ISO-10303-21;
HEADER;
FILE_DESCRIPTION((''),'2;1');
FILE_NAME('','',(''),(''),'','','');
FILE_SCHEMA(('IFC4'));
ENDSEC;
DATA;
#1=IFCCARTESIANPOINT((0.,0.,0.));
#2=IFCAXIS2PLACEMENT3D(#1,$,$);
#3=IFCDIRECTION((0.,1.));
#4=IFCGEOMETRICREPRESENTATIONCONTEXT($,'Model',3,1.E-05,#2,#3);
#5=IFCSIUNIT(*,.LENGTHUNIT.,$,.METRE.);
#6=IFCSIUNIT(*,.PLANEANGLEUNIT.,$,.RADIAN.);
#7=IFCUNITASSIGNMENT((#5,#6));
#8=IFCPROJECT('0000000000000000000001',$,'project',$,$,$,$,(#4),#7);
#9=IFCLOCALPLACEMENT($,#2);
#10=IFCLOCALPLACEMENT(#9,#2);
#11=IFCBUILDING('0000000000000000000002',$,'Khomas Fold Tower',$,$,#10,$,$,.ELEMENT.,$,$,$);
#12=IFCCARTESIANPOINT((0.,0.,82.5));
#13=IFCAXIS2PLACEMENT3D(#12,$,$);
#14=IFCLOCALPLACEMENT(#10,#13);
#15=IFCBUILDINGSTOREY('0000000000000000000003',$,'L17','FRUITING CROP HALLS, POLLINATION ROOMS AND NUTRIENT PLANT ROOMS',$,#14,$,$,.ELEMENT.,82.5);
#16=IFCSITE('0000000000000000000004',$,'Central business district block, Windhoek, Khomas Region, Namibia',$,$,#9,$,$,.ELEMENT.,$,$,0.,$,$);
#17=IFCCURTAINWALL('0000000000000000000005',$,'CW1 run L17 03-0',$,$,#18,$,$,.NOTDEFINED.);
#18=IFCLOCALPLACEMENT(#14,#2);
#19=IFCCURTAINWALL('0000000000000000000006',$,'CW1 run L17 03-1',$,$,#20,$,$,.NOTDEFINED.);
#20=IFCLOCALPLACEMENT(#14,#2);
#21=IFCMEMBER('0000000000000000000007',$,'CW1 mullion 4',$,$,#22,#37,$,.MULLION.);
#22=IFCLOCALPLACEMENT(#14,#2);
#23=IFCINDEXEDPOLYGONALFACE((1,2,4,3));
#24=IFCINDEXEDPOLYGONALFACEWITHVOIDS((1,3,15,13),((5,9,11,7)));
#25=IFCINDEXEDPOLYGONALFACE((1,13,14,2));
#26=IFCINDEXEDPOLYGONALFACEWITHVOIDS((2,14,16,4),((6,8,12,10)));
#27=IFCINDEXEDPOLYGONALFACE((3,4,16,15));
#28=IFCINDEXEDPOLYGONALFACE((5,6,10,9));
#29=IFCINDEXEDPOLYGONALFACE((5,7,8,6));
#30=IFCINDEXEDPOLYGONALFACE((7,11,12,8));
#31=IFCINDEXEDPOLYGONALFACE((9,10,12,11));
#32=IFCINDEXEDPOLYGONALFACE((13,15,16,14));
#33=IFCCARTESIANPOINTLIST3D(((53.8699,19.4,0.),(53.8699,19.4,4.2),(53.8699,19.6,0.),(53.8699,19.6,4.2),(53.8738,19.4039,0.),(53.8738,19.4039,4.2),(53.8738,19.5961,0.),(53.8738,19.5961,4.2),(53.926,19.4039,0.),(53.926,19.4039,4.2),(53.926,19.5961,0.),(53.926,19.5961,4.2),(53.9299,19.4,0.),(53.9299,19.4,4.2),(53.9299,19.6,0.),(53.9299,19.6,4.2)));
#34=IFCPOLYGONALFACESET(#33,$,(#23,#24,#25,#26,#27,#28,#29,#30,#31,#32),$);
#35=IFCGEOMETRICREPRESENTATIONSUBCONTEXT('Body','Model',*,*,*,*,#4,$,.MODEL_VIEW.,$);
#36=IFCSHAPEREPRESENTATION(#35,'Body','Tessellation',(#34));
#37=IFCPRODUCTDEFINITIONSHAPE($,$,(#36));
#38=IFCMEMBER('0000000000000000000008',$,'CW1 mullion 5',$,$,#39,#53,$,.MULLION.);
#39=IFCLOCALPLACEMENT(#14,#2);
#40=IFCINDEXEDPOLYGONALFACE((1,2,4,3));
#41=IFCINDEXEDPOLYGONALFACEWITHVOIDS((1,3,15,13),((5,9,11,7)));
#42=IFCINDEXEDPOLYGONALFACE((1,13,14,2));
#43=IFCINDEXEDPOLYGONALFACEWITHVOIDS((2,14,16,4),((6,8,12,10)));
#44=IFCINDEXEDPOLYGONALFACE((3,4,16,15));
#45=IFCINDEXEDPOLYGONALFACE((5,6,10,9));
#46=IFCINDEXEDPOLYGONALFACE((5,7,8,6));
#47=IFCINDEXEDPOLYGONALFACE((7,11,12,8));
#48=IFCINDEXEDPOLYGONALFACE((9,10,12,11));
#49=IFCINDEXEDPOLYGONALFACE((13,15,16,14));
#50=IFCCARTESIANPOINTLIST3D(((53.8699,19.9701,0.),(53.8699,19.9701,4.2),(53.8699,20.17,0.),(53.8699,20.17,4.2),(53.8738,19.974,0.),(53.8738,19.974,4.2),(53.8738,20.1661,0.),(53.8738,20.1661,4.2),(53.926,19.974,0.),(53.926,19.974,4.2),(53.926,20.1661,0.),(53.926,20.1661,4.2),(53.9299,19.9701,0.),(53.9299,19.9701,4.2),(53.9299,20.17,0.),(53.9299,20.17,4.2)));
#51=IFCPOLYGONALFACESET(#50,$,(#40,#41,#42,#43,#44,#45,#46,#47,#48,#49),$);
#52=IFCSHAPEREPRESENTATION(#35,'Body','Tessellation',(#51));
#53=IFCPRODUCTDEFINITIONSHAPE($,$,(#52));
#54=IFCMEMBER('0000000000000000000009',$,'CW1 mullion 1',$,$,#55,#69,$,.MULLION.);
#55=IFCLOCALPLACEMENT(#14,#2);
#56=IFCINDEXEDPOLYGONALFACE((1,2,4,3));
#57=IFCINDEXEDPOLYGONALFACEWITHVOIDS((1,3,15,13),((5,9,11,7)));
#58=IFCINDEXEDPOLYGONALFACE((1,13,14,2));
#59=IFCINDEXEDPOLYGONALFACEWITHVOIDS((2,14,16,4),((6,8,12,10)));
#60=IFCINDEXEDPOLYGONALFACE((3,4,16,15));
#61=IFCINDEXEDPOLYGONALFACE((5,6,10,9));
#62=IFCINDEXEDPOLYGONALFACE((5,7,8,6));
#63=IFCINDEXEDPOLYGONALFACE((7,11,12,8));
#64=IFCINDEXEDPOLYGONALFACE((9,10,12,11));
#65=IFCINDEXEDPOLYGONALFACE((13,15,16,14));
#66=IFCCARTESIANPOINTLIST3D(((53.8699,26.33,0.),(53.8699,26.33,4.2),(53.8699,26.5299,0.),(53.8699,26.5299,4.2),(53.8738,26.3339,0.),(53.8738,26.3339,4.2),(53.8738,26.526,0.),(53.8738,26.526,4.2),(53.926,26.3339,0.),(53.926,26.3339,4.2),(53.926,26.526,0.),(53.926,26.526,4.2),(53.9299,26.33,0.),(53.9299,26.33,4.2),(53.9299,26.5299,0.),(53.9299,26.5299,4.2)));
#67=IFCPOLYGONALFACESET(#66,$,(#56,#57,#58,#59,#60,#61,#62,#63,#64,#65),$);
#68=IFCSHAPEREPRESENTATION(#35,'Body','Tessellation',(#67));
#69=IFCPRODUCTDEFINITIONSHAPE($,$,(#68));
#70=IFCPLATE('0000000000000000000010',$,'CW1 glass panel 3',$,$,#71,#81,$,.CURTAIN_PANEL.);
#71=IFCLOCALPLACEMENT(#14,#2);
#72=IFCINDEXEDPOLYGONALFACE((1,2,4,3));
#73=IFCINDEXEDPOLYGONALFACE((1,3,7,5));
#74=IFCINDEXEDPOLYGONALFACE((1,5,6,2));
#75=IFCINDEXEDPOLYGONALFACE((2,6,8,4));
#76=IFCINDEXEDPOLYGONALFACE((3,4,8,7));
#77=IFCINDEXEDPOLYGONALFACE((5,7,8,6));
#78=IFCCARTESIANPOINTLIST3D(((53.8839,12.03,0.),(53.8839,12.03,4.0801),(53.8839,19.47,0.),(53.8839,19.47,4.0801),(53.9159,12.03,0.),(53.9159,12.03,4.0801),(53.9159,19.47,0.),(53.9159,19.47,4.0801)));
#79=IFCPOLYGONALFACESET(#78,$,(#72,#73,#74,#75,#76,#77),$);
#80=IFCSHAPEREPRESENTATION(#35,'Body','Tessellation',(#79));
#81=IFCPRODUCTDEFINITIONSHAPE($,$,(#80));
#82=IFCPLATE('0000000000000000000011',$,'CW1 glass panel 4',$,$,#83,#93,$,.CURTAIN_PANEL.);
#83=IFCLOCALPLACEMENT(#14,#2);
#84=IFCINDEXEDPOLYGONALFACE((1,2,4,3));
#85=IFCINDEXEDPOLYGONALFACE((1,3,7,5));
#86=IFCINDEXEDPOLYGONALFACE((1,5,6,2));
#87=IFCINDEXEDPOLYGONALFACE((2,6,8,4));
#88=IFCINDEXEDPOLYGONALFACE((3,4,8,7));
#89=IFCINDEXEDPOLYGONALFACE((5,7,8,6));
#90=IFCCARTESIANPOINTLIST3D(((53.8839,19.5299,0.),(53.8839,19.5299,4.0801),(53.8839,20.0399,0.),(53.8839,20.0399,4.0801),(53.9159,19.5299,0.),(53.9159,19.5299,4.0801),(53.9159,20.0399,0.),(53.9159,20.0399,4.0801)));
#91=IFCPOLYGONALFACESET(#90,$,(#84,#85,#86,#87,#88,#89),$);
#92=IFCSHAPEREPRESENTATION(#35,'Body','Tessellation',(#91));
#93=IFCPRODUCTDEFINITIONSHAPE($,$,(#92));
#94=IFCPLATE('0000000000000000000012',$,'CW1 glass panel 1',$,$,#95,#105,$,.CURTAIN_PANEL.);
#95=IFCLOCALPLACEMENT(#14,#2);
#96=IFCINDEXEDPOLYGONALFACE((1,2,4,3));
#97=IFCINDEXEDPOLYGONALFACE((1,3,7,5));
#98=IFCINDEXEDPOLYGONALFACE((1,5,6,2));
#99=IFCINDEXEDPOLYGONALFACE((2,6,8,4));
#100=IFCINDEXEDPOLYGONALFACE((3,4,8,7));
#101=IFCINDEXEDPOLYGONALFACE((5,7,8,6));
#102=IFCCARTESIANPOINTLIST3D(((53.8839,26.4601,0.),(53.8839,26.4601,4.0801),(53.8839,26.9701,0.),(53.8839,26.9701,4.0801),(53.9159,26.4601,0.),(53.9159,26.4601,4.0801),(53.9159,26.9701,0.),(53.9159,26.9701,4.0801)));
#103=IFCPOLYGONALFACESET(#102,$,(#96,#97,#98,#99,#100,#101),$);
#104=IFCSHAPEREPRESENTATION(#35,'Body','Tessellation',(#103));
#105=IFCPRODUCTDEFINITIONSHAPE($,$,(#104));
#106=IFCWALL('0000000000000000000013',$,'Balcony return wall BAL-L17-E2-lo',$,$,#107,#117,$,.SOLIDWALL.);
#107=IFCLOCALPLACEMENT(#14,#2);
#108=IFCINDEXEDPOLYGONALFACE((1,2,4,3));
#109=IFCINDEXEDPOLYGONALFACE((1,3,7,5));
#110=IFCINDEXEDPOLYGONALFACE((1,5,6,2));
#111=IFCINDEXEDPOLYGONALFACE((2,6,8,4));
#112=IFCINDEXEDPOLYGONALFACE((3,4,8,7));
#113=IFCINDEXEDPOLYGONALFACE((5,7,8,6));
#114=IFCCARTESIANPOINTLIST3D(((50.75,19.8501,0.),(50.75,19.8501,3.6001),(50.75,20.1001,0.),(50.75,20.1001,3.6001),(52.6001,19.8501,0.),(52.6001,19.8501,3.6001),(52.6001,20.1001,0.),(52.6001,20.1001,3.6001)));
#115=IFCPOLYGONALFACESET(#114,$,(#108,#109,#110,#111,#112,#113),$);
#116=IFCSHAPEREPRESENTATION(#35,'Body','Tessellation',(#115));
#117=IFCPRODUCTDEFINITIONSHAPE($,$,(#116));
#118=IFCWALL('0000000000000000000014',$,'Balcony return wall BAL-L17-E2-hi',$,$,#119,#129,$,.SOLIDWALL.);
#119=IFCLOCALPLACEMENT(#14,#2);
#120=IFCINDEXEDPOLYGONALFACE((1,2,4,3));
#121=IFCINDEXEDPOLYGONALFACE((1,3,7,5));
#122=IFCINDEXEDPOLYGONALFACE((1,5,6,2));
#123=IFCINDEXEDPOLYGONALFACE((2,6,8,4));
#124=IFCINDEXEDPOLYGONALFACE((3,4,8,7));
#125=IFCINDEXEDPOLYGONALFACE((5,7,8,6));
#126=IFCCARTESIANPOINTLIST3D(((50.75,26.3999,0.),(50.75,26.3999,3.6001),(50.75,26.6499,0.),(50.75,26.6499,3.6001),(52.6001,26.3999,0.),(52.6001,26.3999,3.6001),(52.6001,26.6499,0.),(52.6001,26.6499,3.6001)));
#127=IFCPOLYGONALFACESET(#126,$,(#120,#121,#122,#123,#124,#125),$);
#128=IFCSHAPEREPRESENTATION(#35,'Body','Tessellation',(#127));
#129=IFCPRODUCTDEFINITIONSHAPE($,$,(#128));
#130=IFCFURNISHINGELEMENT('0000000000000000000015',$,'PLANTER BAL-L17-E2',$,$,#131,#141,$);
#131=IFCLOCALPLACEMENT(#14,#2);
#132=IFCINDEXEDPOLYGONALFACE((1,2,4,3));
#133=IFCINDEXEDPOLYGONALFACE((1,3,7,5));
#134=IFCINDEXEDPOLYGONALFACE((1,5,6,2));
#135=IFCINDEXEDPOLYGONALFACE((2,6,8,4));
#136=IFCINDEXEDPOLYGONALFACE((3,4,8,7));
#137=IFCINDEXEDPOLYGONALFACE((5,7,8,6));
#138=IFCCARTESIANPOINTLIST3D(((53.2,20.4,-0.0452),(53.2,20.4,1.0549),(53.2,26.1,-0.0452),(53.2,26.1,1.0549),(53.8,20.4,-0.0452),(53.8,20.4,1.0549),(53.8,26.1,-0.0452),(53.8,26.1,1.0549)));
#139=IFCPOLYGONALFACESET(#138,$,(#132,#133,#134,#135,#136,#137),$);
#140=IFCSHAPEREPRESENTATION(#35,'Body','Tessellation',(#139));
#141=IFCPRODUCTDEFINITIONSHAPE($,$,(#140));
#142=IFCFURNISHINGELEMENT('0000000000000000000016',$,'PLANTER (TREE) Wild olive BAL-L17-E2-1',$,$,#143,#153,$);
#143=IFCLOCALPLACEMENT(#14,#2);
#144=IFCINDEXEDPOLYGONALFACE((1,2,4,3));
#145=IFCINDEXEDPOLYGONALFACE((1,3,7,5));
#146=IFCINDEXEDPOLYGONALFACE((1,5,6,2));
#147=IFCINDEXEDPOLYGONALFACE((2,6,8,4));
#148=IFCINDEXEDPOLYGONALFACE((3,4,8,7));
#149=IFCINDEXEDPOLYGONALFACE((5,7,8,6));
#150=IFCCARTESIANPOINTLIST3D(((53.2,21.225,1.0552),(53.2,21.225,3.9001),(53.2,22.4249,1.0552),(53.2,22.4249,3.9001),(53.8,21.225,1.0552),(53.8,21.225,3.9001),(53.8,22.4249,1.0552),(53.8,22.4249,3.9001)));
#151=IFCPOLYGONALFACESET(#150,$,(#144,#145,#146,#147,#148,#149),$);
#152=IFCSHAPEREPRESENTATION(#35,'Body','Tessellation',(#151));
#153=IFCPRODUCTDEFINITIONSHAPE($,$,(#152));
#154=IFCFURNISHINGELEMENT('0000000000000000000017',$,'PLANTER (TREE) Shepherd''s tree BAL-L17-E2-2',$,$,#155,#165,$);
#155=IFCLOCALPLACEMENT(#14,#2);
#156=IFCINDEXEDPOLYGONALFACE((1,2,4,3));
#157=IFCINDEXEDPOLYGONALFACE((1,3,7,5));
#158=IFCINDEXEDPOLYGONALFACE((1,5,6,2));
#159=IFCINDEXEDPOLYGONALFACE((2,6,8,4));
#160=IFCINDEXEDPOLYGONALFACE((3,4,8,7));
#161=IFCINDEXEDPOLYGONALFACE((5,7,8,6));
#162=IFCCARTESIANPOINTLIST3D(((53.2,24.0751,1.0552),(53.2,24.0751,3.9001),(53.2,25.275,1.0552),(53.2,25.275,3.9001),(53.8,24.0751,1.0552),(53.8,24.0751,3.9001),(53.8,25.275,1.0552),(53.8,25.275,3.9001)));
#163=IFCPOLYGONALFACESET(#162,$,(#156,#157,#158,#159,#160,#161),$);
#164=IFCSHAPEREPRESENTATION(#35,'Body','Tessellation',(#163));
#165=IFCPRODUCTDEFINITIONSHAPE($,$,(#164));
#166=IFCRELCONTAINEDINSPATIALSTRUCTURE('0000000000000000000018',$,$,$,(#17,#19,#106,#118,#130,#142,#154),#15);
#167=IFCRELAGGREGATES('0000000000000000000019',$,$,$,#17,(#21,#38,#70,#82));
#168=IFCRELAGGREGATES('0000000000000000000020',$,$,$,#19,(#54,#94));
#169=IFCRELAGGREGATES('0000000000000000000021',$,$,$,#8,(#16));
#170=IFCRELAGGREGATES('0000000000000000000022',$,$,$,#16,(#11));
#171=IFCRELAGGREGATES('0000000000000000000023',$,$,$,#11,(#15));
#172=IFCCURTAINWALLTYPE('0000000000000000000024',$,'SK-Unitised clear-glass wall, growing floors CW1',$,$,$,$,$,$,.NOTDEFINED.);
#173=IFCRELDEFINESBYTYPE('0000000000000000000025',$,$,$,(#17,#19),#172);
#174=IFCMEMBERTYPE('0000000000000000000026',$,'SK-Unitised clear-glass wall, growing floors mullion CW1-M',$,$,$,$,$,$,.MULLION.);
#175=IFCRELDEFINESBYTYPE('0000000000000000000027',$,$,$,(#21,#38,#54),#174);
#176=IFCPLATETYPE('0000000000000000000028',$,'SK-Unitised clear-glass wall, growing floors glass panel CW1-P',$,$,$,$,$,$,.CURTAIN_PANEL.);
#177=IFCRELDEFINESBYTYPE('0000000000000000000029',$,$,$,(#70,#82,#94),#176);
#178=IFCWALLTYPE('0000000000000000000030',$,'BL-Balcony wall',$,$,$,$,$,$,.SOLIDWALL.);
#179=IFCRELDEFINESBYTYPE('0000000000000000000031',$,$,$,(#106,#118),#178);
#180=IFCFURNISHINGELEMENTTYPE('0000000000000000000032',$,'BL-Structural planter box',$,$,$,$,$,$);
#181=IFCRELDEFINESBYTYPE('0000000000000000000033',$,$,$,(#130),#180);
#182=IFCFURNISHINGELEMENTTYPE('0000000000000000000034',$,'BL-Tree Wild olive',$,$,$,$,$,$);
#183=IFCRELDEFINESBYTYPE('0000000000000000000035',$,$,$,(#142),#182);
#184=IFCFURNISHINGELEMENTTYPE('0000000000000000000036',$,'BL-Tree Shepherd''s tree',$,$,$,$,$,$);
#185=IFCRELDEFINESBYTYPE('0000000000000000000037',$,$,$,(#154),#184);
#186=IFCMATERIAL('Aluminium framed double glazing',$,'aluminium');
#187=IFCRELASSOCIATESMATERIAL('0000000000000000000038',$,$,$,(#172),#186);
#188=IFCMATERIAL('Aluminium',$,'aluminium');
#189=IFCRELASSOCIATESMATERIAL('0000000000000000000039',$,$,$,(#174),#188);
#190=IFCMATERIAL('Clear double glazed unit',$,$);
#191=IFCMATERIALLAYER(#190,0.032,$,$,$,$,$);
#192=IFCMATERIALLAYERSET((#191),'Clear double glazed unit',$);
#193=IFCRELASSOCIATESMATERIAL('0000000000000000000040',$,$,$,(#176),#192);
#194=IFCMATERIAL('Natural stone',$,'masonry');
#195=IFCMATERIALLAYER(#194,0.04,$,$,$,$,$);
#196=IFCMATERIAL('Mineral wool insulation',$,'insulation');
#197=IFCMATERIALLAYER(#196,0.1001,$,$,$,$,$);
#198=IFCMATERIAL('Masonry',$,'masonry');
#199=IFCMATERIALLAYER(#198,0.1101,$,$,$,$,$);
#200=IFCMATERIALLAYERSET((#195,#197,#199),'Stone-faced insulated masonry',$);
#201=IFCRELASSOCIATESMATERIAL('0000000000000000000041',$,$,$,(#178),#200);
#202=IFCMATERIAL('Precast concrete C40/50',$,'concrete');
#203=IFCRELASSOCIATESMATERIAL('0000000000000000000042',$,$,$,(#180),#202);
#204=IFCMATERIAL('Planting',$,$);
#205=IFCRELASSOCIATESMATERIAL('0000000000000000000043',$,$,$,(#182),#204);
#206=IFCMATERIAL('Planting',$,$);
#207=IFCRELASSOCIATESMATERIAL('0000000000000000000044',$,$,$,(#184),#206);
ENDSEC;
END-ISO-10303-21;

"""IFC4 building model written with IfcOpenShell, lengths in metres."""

from ifc_helpers import new_model, si_unit, direction, frame, frame_2d, origin, origin_2d, place, context, subcontext, project, spatial, rectangle, hollow_rectangle, extrude, source, transform, mapped, material, layer, layer_set, material_profile, profile_set, type_object, element, aggregate, save


model = new_model("IFC4")

# Units and contexts
model_context = context("Model", 3, precision=1e-05, world=origin(), true_north=direction((0.0, 1.0)))
body_context = subcontext(model_context, "Body", "Model", "MODEL_VIEW")
ifc_project = project(units=[si_unit("LENGTHUNIT", "METRE"), si_unit("PLANEANGLEUNIT", "RADIAN")], contexts=[model_context])

# Site, building, storey
site_placement = place(None, origin())
site = spatial("IfcSite", under=ifc_project, at=site_placement, Name="Central business district block, Windhoek, Khomas Region, Namibia", CompositionType="ELEMENT", RefElevation=0.0)
building_placement = place(site_placement, origin())
building = spatial("IfcBuilding", under=site, at=building_placement, Name="Khomas Fold Tower", CompositionType="ELEMENT")
storey_placement = place(building_placement, frame((0.0, 0.0, 82.5)))
storey = spatial("IfcBuildingStorey", under=building, at=storey_placement, Name="L17", Description="FRUITING CROP HALLS, POLLINATION ROOMS AND NUTRIENT PLANT ROOMS", CompositionType="ELEMENT", Elevation=82.5)

# Curtain wall
ifc_material_1 = material(Name="Aluminium framed double glazing", Category="aluminium")
curtain_wall_type = type_object("IfcCurtainWallType", Name="SK-Unitised clear-glass wall, growing floors CW1", PredefinedType="NOTDEFINED", material=ifc_material_1)
curtain_wall_1_placement = place(storey_placement, origin())
curtain_wall_1 = element("IfcCurtainWall", 1, at=curtain_wall_1_placement, inside=storey, type_object=curtain_wall_type, Name="CW1 run L17 03-0", PredefinedType="NOTDEFINED")

# Curtain wall
curtain_wall_2_placement = place(storey_placement, origin())
curtain_wall_2 = element("IfcCurtainWall", 2, at=curtain_wall_2_placement, inside=storey, type_object=curtain_wall_type, Name="CW1 run L17 03-1", PredefinedType="NOTDEFINED")

# Members
ifc_material_2 = material(Name="Aluminium", Category="aluminium")
ifc_material_profile_1 = material_profile(ifc_material_2, hollow_rectangle(XDim=0.0601, YDim=0.2, WallThickness=0.0039, at=origin_2d()), Name="SK-Unitised clear-glass wall, growing floors mullion CW1-M")
ifc_profile_set_1 = profile_set([ifc_material_profile_1], Name="Aluminium")
member_type_1 = type_object("IfcMemberType", Name="SK-Unitised clear-glass wall, growing floors mullion CW1-M", PredefinedType="MULLION", material=ifc_profile_set_1)
shared_shape_1 = source(origin(), body_context, "Body", "SweptSolid", [
    extrude(hollow_rectangle(XDim=0.0601, YDim=0.2, WallThickness=0.0039, at=origin_2d()), origin(), (0.0, 0.0, 1.0), 4.2),
])
member_1_placement = place(storey_placement, frame((53.8999, 19.5, 0.0), z_axis=(0.0, 0.0, 1.0), x_axis=(-1.0, 0.0, 0.0)))
member_1 = element("IfcMember", 3, at=member_1_placement, type_object=member_type_1, Name="CW1 mullion 4", PredefinedType="MULLION", context=body_context, shape_type="MappedRepresentation", body=[
    mapped(shared_shape_1, transform((0.0, 0.0, 0.0))),
])
member_2_placement = place(storey_placement, frame((53.8999, 20.0701, 0.0), z_axis=(0.0, 0.0, 1.0), x_axis=(-1.0, 0.0, 0.0)))
member_2 = element("IfcMember", 4, at=member_2_placement, type_object=member_type_1, Name="CW1 mullion 5", PredefinedType="MULLION", context=body_context, shape_type="MappedRepresentation", body=[
    mapped(shared_shape_1, transform((0.0, 0.0, 0.0))),
])
member_3_placement = place(storey_placement, frame((53.8999, 26.4299, 0.0), z_axis=(0.0, 0.0, 1.0), x_axis=(-1.0, 0.0, 0.0)))
member_3 = element("IfcMember", 5, at=member_3_placement, type_object=member_type_1, Name="CW1 mullion 1", PredefinedType="MULLION", context=body_context, shape_type="MappedRepresentation", body=[
    mapped(shared_shape_1, transform((0.0, 0.0, 0.0))),
])

# Plates
ifc_material_3 = material(Name="Clear double glazed unit")
ifc_layer_1 = layer(ifc_material_3, 0.032)
ifc_layer_set_1 = layer_set([ifc_layer_1], Name="Clear double glazed unit")
plate_type = type_object("IfcPlateType", Name="SK-Unitised clear-glass wall, growing floors glass panel CW1-P", PredefinedType="CURTAIN_PANEL", material=ifc_layer_set_1)
shared_shape_2 = source(origin(), body_context, "Body", "SweptSolid", [
    extrude(rectangle(XDim=7.4399, YDim=0.032, at=origin_2d()), origin(), (0.0, 0.0, 1.0), 4.0801),
])
plate_1_placement = place(storey_placement, frame((53.8999, 15.75, 0.0), z_axis=(0.0, 0.0, 1.0), x_axis=(0.0, 1.0, 0.0)))
plate_1 = element("IfcPlate", 6, at=plate_1_placement, type_object=plate_type, Name="CW1 glass panel 3", PredefinedType="CURTAIN_PANEL", context=body_context, shape_type="MappedRepresentation", body=[
    mapped(shared_shape_2, transform((0.0, 0.0, 0.0))),
])
shared_shape_3 = source(origin(), body_context, "Body", "SweptSolid", [
    extrude(rectangle(XDim=0.51, YDim=0.032, at=origin_2d()), origin(), (0.0, 0.0, 1.0), 4.0801),
])
plate_2_placement = place(storey_placement, frame((53.8999, 19.7849, 0.0), z_axis=(0.0, 0.0, 1.0), x_axis=(0.0, 1.0, 0.0)))
plate_2 = element("IfcPlate", 7, at=plate_2_placement, type_object=plate_type, Name="CW1 glass panel 4", PredefinedType="CURTAIN_PANEL", context=body_context, shape_type="MappedRepresentation", body=[
    mapped(shared_shape_3, transform((0.0, 0.0, 0.0))),
])
aggregate(curtain_wall_1, [member_1, member_2, plate_1, plate_2])
plate_3_placement = place(storey_placement, frame((53.8999, 26.7151, 0.0), z_axis=(0.0, 0.0, 1.0), x_axis=(0.0, 1.0, 0.0)))
plate_3 = element("IfcPlate", 8, at=plate_3_placement, type_object=plate_type, Name="CW1 glass panel 1", PredefinedType="CURTAIN_PANEL", context=body_context, shape_type="MappedRepresentation", body=[
    mapped(shared_shape_3, transform((0.0, 0.0, 0.0))),
])
aggregate(curtain_wall_2, [member_3, plate_3])

# Shared definitions
ifc_material_4 = material(Name="Natural stone", Category="masonry")
ifc_layer_2 = layer(ifc_material_4, 0.04)
ifc_material_5 = material(Name="Mineral wool insulation", Category="insulation")
ifc_layer_3 = layer(ifc_material_5, 0.1001)
ifc_material_6 = material(Name="Masonry", Category="masonry")
ifc_layer_4 = layer(ifc_material_6, 0.1101)
ifc_layer_set_2 = layer_set([ifc_layer_2, ifc_layer_3, ifc_layer_4], Name="Stone-faced insulated masonry")
wall_type = type_object("IfcWallType", Name="BL-Balcony wall", PredefinedType="SOLIDWALL", material=ifc_layer_set_2)

# Walls
shared_shape_4 = source(origin(), body_context, "Body", "SweptSolid", [
    extrude(rectangle(XDim=1.8501, YDim=0.25, at=frame_2d((0.925, 0.0))), origin(), (0.0, 0.0, 1.0), 3.6001),
])
for number, where, z_axis, x_axis, name in (
    (9, (52.6001, 19.9751, 0.0), (0.0, 0.0, 1.0), (-1.0, 0.0, 0.0), "Balcony return wall BAL-L17-E2-lo"),
    (10, (52.6001, 26.5249, 0.0), (0.0, 0.0, 1.0), (-1.0, 0.0, 0.0), "Balcony return wall BAL-L17-E2-hi"),
):
    element("IfcWall", number, at=place(storey_placement, frame(where, z_axis=z_axis, x_axis=x_axis)), inside=storey, type_object=wall_type, Name=name, PredefinedType="SOLIDWALL", context=body_context, shape_type="MappedRepresentation", body=[
        mapped(shared_shape_4, transform((0.0, 0.0, 0.0))),
    ])

# Furnishing elements
ifc_material_7 = material(Name="Precast concrete C40/50", Category="concrete")
furnishing_element_type_1 = type_object("IfcFurnishingElementType", Name="BL-Structural planter box", material=ifc_material_7)
shared_shape_5 = source(origin(), body_context, "Body", "SweptSolid", [
    extrude(rectangle(XDim=5.7, YDim=0.6001, at=origin_2d()), origin(), (0.0, 0.0, 1.0), 1.1001),
])
furnishing_1_placement = place(storey_placement, frame((53.5, 23.25, -0.0452), z_axis=(0.0, 0.0, 1.0), x_axis=(0.0, 1.0, 0.0)))
element("IfcFurnishingElement", 11, at=furnishing_1_placement, inside=storey, type_object=furnishing_element_type_1, Name="PLANTER BAL-L17-E2", context=body_context, shape_type="MappedRepresentation", body=[
    mapped(shared_shape_5, transform((0.0, 0.0, 0.0))),
])
ifc_material_8 = material(Name="Planting")
furnishing_element_type_2 = type_object("IfcFurnishingElementType", Name="BL-Tree Wild olive", material=ifc_material_8)
shared_shape_6 = source(origin(), body_context, "Body", "SweptSolid", [
    extrude(rectangle(XDim=1.2, YDim=0.6001, at=origin_2d()), origin(), (0.0, 0.0, 1.0), 2.845),
])
furnishing_2_placement = place(storey_placement, frame((53.5, 21.825, 1.0552), z_axis=(0.0, 0.0, 1.0), x_axis=(0.0, 1.0, 0.0)))
element("IfcFurnishingElement", 12, at=furnishing_2_placement, inside=storey, type_object=furnishing_element_type_2, Name="PLANTER (TREE) Wild olive BAL-L17-E2-1", context=body_context, shape_type="MappedRepresentation", body=[
    mapped(shared_shape_6, transform((0.0, 0.0, 0.0))),
])
ifc_material_9 = material(Name="Planting")
furnishing_element_type_3 = type_object("IfcFurnishingElementType", Name="BL-Tree Shepherd's tree", material=ifc_material_9)
furnishing_3_placement = place(storey_placement, frame((53.5, 24.675, 1.0552), z_axis=(0.0, 0.0, 1.0), x_axis=(0.0, 1.0, 0.0)))
element("IfcFurnishingElement", 13, at=furnishing_3_placement, inside=storey, type_object=furnishing_element_type_3, Name="PLANTER (TREE) Shepherd's tree BAL-L17-E2-2", context=body_context, shape_type="MappedRepresentation", body=[
    mapped(shared_shape_6, transform((0.0, 0.0, 0.0))),
])

save(model, "model.ifc")
